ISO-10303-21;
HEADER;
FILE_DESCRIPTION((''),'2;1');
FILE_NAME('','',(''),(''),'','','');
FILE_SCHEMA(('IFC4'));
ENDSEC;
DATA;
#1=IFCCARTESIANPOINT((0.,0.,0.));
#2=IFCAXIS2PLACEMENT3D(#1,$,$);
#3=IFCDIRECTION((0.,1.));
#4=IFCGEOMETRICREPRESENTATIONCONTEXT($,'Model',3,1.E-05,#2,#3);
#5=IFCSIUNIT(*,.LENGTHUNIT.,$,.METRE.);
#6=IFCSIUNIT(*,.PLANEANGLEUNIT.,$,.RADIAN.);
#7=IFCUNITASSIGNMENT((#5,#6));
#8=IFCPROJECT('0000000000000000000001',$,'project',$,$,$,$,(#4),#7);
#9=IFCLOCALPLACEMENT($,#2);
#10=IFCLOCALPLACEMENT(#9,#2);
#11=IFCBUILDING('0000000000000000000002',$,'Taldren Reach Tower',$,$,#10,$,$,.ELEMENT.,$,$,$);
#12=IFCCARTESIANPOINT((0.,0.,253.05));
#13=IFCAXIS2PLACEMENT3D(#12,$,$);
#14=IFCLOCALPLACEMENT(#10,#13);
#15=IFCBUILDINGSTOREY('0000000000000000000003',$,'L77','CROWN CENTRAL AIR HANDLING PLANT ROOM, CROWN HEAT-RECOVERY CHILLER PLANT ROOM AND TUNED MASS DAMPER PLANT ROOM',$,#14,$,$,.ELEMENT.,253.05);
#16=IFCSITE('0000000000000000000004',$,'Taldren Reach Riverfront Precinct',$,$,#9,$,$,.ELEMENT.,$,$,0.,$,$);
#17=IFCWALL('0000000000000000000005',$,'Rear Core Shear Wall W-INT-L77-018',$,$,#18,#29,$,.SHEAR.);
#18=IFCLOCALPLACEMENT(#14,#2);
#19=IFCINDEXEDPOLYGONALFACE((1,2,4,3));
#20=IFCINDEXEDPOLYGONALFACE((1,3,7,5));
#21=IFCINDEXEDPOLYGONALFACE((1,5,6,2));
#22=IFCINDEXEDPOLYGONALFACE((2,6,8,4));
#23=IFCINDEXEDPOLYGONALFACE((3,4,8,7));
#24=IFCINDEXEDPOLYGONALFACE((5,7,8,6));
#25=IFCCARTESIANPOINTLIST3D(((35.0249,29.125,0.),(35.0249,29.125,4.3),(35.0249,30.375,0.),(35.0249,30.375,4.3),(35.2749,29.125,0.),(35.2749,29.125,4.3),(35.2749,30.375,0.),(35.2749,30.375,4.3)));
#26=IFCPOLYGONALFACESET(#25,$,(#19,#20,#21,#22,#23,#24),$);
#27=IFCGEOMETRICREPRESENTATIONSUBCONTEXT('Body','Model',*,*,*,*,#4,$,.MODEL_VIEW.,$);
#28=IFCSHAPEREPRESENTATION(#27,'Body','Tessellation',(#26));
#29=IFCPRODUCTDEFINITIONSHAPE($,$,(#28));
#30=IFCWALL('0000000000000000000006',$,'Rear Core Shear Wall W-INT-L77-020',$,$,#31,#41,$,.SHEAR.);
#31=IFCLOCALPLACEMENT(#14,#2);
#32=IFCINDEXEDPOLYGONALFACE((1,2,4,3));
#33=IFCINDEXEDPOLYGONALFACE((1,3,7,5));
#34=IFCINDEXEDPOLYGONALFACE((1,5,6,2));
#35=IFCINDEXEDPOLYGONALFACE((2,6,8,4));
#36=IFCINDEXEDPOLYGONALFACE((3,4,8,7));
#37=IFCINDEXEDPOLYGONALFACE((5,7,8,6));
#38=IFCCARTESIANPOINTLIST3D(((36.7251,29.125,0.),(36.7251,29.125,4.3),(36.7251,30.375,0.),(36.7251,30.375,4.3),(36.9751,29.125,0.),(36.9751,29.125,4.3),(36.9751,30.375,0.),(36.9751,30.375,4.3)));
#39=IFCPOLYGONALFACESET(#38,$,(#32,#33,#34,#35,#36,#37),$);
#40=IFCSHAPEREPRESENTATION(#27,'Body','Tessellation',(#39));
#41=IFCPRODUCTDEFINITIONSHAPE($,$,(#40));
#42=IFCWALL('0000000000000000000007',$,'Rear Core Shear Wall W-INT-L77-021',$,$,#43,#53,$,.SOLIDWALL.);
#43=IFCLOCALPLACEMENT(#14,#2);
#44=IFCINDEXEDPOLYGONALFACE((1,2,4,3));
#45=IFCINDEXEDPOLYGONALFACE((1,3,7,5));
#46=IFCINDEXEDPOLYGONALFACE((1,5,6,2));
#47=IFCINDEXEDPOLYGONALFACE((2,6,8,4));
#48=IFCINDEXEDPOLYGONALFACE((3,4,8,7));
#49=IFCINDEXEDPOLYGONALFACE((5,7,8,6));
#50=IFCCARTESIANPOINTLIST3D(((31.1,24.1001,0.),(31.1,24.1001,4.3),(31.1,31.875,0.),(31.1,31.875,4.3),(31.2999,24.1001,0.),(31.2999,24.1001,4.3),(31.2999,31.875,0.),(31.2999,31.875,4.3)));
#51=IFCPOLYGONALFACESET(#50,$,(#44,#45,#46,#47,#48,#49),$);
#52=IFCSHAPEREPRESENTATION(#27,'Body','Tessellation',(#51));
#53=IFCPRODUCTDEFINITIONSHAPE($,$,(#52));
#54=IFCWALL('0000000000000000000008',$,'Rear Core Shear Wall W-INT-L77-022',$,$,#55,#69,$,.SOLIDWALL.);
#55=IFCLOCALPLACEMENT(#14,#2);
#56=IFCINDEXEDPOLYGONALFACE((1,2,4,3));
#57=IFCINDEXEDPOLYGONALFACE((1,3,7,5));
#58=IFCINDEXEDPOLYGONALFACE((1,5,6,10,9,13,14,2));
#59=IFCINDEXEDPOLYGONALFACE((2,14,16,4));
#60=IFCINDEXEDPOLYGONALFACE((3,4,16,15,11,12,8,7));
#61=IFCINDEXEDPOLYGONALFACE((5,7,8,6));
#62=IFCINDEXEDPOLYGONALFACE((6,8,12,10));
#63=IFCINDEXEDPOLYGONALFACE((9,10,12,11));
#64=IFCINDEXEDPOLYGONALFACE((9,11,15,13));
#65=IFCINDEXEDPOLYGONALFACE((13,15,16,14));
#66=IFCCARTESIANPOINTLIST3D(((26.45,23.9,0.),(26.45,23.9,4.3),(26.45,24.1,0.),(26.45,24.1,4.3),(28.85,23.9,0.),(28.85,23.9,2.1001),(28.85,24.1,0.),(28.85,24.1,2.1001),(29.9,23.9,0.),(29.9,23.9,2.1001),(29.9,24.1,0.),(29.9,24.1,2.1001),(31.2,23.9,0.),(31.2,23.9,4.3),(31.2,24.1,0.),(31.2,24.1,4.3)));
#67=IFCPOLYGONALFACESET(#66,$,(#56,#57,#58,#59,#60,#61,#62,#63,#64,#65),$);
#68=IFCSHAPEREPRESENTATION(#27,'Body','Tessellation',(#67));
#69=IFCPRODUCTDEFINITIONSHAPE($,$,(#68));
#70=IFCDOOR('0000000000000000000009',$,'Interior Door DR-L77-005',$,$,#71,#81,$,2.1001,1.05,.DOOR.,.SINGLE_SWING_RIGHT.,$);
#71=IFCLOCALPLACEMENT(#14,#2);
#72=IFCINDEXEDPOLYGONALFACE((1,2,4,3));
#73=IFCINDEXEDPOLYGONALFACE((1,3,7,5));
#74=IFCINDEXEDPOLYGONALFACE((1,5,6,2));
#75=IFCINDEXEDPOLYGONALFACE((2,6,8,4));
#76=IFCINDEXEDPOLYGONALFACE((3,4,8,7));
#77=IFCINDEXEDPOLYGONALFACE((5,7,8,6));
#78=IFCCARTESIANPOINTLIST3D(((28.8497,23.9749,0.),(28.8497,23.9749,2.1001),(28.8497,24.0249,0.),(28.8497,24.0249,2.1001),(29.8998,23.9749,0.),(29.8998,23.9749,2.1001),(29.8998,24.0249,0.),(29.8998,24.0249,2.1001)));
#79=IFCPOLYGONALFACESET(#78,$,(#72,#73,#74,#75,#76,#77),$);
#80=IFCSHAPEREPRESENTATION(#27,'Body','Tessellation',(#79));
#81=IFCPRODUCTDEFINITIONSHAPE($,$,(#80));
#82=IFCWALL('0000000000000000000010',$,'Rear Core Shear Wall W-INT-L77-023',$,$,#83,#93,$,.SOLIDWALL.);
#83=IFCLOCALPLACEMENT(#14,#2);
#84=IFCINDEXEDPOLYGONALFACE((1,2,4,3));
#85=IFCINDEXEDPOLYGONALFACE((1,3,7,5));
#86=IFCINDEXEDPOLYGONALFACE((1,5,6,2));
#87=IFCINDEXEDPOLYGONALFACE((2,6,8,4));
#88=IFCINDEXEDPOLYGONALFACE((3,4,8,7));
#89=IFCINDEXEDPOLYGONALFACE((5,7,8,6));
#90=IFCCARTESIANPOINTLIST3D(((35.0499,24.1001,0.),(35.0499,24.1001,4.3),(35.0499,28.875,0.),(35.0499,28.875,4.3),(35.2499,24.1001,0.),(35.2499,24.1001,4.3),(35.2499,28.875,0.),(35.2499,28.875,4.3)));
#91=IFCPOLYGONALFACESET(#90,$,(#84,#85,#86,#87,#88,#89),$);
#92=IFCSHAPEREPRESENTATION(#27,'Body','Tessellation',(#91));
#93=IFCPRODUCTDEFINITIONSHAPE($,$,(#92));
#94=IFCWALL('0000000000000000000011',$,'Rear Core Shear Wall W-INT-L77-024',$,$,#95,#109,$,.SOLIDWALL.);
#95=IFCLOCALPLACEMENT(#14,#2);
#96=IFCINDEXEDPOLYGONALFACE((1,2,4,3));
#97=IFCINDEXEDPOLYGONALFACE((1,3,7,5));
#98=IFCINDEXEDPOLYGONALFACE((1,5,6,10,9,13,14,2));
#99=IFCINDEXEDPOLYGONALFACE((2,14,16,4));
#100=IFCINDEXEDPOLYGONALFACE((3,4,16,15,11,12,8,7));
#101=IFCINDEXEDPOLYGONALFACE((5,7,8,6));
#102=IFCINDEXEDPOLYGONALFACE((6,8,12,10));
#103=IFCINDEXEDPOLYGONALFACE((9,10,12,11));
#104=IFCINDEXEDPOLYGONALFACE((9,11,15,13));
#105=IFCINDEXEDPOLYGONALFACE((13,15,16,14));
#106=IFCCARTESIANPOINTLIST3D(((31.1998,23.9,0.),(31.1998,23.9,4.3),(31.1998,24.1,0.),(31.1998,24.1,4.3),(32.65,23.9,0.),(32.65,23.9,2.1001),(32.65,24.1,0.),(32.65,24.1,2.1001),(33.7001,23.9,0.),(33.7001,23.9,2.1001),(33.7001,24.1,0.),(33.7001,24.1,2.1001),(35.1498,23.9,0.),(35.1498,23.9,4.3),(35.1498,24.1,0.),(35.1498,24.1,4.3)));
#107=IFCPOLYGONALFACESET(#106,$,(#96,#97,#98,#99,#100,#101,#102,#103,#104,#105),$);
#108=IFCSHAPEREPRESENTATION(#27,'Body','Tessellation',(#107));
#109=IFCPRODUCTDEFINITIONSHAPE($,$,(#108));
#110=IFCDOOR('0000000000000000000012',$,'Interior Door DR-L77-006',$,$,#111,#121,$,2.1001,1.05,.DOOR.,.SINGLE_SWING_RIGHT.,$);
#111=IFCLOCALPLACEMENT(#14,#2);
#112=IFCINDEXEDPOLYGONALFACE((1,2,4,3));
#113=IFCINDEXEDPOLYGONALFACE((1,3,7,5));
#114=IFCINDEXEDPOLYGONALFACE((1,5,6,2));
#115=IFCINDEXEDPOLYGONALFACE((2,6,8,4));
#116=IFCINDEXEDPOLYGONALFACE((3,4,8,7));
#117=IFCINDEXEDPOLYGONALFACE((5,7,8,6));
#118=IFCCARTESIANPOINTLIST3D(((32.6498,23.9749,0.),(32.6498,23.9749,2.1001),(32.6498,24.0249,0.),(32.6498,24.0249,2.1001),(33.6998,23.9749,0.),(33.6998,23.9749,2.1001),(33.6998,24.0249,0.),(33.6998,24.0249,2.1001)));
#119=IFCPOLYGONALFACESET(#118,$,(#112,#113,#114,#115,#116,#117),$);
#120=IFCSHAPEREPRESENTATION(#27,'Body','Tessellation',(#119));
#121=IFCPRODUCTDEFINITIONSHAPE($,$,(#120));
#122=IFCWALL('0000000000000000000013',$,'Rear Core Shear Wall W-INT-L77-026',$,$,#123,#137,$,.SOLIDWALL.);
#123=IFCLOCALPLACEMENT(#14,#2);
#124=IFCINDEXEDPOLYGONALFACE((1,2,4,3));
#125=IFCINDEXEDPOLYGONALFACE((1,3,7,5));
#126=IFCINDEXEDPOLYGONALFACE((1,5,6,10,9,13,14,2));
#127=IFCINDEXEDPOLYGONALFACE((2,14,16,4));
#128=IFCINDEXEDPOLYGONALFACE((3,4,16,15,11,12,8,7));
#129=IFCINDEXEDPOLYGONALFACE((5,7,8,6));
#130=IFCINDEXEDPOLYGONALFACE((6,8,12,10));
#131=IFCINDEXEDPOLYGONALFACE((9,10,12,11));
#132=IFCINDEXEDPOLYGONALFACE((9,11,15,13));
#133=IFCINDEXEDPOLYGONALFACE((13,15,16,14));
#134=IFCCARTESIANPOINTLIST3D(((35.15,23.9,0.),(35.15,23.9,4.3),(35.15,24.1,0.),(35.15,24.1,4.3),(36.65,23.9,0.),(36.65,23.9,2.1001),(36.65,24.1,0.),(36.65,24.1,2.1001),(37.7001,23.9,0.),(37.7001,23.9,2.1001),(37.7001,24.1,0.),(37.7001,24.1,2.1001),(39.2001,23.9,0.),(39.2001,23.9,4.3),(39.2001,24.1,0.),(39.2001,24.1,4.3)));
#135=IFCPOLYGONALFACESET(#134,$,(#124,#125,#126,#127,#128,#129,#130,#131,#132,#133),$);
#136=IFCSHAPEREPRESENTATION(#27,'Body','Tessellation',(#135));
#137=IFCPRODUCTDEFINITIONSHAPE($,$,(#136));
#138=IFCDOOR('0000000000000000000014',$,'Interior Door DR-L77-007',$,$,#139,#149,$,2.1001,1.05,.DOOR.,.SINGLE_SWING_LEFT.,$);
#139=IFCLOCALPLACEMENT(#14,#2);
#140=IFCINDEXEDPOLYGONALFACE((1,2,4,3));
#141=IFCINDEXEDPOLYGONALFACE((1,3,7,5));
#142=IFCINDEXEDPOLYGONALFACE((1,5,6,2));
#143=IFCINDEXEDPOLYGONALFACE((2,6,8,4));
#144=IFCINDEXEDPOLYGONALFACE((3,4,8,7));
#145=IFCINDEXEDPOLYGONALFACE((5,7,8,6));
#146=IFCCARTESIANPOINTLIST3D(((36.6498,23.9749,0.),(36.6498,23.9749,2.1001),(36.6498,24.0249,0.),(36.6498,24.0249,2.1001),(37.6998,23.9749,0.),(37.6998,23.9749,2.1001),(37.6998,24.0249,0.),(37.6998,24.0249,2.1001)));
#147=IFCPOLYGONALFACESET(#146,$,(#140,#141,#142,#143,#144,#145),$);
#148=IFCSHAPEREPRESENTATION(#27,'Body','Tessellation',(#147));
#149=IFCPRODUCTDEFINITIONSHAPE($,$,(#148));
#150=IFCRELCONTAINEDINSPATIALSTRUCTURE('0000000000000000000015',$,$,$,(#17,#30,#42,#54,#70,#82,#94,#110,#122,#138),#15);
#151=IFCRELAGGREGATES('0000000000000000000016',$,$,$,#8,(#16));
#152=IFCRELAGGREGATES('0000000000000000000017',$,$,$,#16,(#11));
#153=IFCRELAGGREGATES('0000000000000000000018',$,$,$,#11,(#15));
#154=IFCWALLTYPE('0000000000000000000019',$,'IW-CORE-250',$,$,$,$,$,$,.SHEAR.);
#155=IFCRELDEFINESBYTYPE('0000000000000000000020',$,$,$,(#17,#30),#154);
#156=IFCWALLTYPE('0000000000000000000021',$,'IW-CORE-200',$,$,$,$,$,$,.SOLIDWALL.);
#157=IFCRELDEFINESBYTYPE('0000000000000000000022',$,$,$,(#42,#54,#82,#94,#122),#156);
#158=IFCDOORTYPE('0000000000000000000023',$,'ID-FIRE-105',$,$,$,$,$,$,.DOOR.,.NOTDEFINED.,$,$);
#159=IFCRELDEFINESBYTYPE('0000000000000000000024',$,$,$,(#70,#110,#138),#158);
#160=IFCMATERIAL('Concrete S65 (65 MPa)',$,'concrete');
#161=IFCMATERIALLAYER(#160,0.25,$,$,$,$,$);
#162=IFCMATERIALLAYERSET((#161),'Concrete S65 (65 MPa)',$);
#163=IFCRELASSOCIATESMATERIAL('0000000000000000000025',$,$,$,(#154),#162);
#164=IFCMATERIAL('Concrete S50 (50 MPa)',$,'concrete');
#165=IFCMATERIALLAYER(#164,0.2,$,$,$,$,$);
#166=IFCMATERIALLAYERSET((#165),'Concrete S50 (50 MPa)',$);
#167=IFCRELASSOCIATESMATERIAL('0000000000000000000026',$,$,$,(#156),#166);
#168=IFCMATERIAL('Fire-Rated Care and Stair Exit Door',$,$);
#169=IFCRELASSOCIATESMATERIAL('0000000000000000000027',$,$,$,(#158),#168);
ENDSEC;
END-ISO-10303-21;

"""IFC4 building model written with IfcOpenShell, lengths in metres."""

from ifc_helpers import new_model, si_unit, direction, frame, frame_2d, origin, place, context, subcontext, project, spatial, rectangle, extrude, source, transform, mapped, material, layer, layer_set, type_object, element, fill, save


model = new_model("IFC4")

# Units and contexts
model_context = context("Model", 3, precision=1e-05, world=origin(), true_north=direction((0.0, 1.0)))
body_context = subcontext(model_context, "Body", "Model", "MODEL_VIEW")
ifc_project = project(units=[si_unit("LENGTHUNIT", "METRE"), si_unit("PLANEANGLEUNIT", "RADIAN")], contexts=[model_context])

# Site, building, storey
site_placement = place(None, origin())
site = spatial("IfcSite", under=ifc_project, at=site_placement, Name="Taldren Reach Riverfront Precinct", CompositionType="ELEMENT", RefElevation=0.0)
building_placement = place(site_placement, origin())
building = spatial("IfcBuilding", under=site, at=building_placement, Name="Taldren Reach Tower", CompositionType="ELEMENT")
storey_placement = place(building_placement, frame((0.0, 0.0, 253.05)))
storey = spatial("IfcBuildingStorey", under=building, at=storey_placement, Name="L77", Description="CROWN CENTRAL AIR HANDLING PLANT ROOM, CROWN HEAT-RECOVERY CHILLER PLANT ROOM AND TUNED MASS DAMPER PLANT ROOM", CompositionType="ELEMENT", Elevation=253.05)

# Walls
ifc_material_1 = material(Name="Concrete S65 (65 MPa)", Category="concrete")
ifc_layer_1 = layer(ifc_material_1, 0.25)
ifc_layer_set_1 = layer_set([ifc_layer_1], Name="Concrete S65 (65 MPa)")
wall_type_1 = type_object("IfcWallType", Name="IW-CORE-250", PredefinedType="SHEAR", material=ifc_layer_set_1)
shared_shape_1 = source(origin(), body_context, "Body", "SweptSolid", [
    extrude(rectangle(XDim=1.25, YDim=0.25, at=frame_2d((0.625, 0.0))), origin(), (0.0, 0.0, 1.0), 4.3),
])
for number, where, z_axis, x_axis, name in (
    (1, (35.1499, 30.375, 0.0), (0.0, 0.0, 1.0), (0.0, -1.0, 0.0), "Rear Core Shear Wall W-INT-L77-018"),
    (2, (36.8501, 29.125, 0.0), (0.0, 0.0, 1.0), (0.0, 1.0, 0.0), "Rear Core Shear Wall W-INT-L77-020"),
):
    element("IfcWall", number, at=place(storey_placement, frame(where, z_axis=z_axis, x_axis=x_axis)), inside=storey, type_object=wall_type_1, Name=name, PredefinedType="SHEAR", context=body_context, shape_type="MappedRepresentation", body=[
        mapped(shared_shape_1, transform((0.0, 0.0, 0.0), scale=1.0)),
    ])
ifc_material_2 = material(Name="Concrete S50 (50 MPa)", Category="concrete")
ifc_layer_2 = layer(ifc_material_2, 0.2)
ifc_layer_set_2 = layer_set([ifc_layer_2], Name="Concrete S50 (50 MPa)")
wall_type_2 = type_object("IfcWallType", Name="IW-CORE-200", PredefinedType="SOLIDWALL", material=ifc_layer_set_2)
shared_shape_2 = source(origin(), body_context, "Body", "SweptSolid", [
    extrude(rectangle(XDim=7.7749, YDim=0.2, at=frame_2d((3.8875, 0.0))), origin(), (0.0, 0.0, 1.0), 4.3),
])
wall_1_placement = place(storey_placement, frame((31.2, 31.875, 0.0), z_axis=(0.0, 0.0, 1.0), x_axis=(0.0, -1.0, 0.0)))
element("IfcWall", 3, at=wall_1_placement, inside=storey, type_object=wall_type_2, Name="Rear Core Shear Wall W-INT-L77-021", PredefinedType="SOLIDWALL", context=body_context, shape_type="MappedRepresentation", body=[
    mapped(shared_shape_2, transform((0.0, 0.0, 0.0), scale=1.0)),
])

# Wall, opening, door
shared_shape_3 = source(origin(), body_context, "Body", "SweptSolid", [
    extrude(rectangle(XDim=4.75, YDim=0.2, at=frame_2d((2.375, 0.0))), origin(), (0.0, 0.0, 1.0), 4.3),
])
wall_2_placement = place(storey_placement, frame((31.2, 24.0, 0.0), z_axis=(0.0, 0.0, 1.0), x_axis=(-1.0, 0.0, 0.0)))
wall_2 = element("IfcWall", 4, at=wall_2_placement, inside=storey, type_object=wall_type_2, Name="Rear Core Shear Wall W-INT-L77-022", PredefinedType="SOLIDWALL", context=body_context, shape_type="MappedRepresentation", body=[
    mapped(shared_shape_3, transform((0.0, 0.0, 0.0), scale=1.0)),
])
shared_shape_4 = source(origin(), body_context, "Body", "SweptSolid", [
    extrude(rectangle(XDim=1.05, YDim=2.1001, at=frame_2d((0.5249, 1.05))), frame((0.0, 0.1099, 0.0), z_axis=(0.0, -1.0, 0.0), x_axis=(1.0, 0.0, 0.0)), (0.0, 0.0, 1.0), 0.22),
])
opening_1_placement = place(wall_2_placement, frame((1.3, 0.0, 0.0)))
opening_1 = element("IfcOpeningElement", 5, at=opening_1_placement, cuts=wall_2, PredefinedType="OPENING", context=body_context, shape_type="MappedRepresentation", body=[
    mapped(shared_shape_4, transform((0.0, 0.0, 0.0), scale=1.0)),
])
ifc_material_3 = material(Name="Fire-Rated Care and Stair Exit Door")
door_type = type_object("IfcDoorType", Name="ID-FIRE-105", OperationType="NOTDEFINED", PredefinedType="DOOR", material=ifc_material_3)
shared_shape_5 = source(origin(), body_context, "Body", "SweptSolid", [
    extrude(rectangle(XDim=1.05, YDim=2.1001, at=frame_2d((0.5249, 1.05))), frame((0.0, 0.0249, 0.0), z_axis=(0.0, -1.0, 0.0), x_axis=(1.0, 0.0, 0.0)), (0.0, 0.0, 1.0), 0.05),
])
door_1_placement = place(opening_1_placement, frame((1.05, 0.0, 0.0), z_axis=(0.0, 0.0, 1.0), x_axis=(-1.0, 0.0, 0.0)))
door_1 = element("IfcDoor", 6, at=door_1_placement, inside=storey, type_object=door_type, Name="Interior Door DR-L77-005", OperationType="SINGLE_SWING_RIGHT", OverallHeight=2.1001, OverallWidth=1.05, PredefinedType="DOOR", context=body_context, shape_type="MappedRepresentation", body=[
    mapped(shared_shape_5, transform((0.0, 0.0, 0.0), scale=1.0)),
])
fill(opening_1, door_1)

# Wall
shared_shape_6 = source(origin(), body_context, "Body", "SweptSolid", [
    extrude(rectangle(XDim=4.7749, YDim=0.2, at=frame_2d((2.3875, 0.0))), origin(), (0.0, 0.0, 1.0), 4.3),
])
wall_3_placement = place(storey_placement, frame((35.1499, 28.875, 0.0), z_axis=(0.0, 0.0, 1.0), x_axis=(0.0, -1.0, 0.0)))
element("IfcWall", 7, at=wall_3_placement, inside=storey, type_object=wall_type_2, Name="Rear Core Shear Wall W-INT-L77-023", PredefinedType="SOLIDWALL", context=body_context, shape_type="MappedRepresentation", body=[
    mapped(shared_shape_6, transform((0.0, 0.0, 0.0), scale=1.0)),
])

# Walls, openings, doors
shared_shape_7 = source(origin(), body_context, "Body", "SweptSolid", [
    extrude(rectangle(XDim=3.95, YDim=0.2, at=frame_2d((1.9751, 0.0))), origin(), (0.0, 0.0, 1.0), 4.3),
])
wall_4_placement = place(storey_placement, frame((35.1499, 24.0, 0.0), z_axis=(0.0, 0.0, 1.0), x_axis=(-1.0, 0.0, 0.0)))
wall_4 = element("IfcWall", 8, at=wall_4_placement, inside=storey, type_object=wall_type_2, Name="Rear Core Shear Wall W-INT-L77-024", PredefinedType="SOLIDWALL", context=body_context, shape_type="MappedRepresentation", body=[
    mapped(shared_shape_7, transform((0.0, 0.0, 0.0), scale=1.0)),
])
opening_2_placement = place(wall_4_placement, frame((1.45, 0.0, 0.0)))
opening_2 = element("IfcOpeningElement", 9, at=opening_2_placement, cuts=wall_4, PredefinedType="OPENING", context=body_context, shape_type="MappedRepresentation", body=[
    mapped(shared_shape_4, transform((0.0, 0.0, 0.0), scale=1.0)),
])
door_2_placement = place(opening_2_placement, frame((1.05, 0.0, 0.0), z_axis=(0.0, 0.0, 1.0), x_axis=(-1.0, 0.0, 0.0)))
door_2 = element("IfcDoor", 10, at=door_2_placement, inside=storey, type_object=door_type, Name="Interior Door DR-L77-006", OperationType="SINGLE_SWING_RIGHT", OverallHeight=2.1001, OverallWidth=1.05, PredefinedType="DOOR", context=body_context, shape_type="MappedRepresentation", body=[
    mapped(shared_shape_5, transform((0.0, 0.0, 0.0), scale=1.0)),
])
fill(opening_2, door_2)
shared_shape_8 = source(origin(), body_context, "Body", "SweptSolid", [
    extrude(rectangle(XDim=4.05, YDim=0.2, at=frame_2d((2.0249, 0.0))), origin(), (0.0, 0.0, 1.0), 4.3),
])
wall_5_placement = place(storey_placement, frame((39.2, 24.0, 0.0), z_axis=(0.0, 0.0, 1.0), x_axis=(-1.0, 0.0, 0.0)))
wall_5 = element("IfcWall", 11, at=wall_5_placement, inside=storey, type_object=wall_type_2, Name="Rear Core Shear Wall W-INT-L77-026", PredefinedType="SOLIDWALL", context=body_context, shape_type="MappedRepresentation", body=[
    mapped(shared_shape_8, transform((0.0, 0.0, 0.0), scale=1.0)),
])
opening_3_placement = place(wall_5_placement, frame((1.5, 0.0, 0.0)))
opening_3 = element("IfcOpeningElement", 12, at=opening_3_placement, cuts=wall_5, PredefinedType="OPENING", context=body_context, shape_type="MappedRepresentation", body=[
    mapped(shared_shape_4, transform((0.0, 0.0, 0.0), scale=1.0)),
])
door_3_placement = place(opening_3_placement, frame((1.05, 0.0, 0.0), z_axis=(0.0, 0.0, 1.0), x_axis=(-1.0, 0.0, 0.0)))
door_3 = element("IfcDoor", 13, at=door_3_placement, inside=storey, type_object=door_type, Name="Interior Door DR-L77-007", OperationType="SINGLE_SWING_LEFT", OverallHeight=2.1001, OverallWidth=1.05, PredefinedType="DOOR", context=body_context, shape_type="MappedRepresentation", body=[
    mapped(shared_shape_5, transform((0.0, 0.0, 0.0), scale=1.0)),
])
fill(opening_3, door_3)

save(model, "model.ifc")
